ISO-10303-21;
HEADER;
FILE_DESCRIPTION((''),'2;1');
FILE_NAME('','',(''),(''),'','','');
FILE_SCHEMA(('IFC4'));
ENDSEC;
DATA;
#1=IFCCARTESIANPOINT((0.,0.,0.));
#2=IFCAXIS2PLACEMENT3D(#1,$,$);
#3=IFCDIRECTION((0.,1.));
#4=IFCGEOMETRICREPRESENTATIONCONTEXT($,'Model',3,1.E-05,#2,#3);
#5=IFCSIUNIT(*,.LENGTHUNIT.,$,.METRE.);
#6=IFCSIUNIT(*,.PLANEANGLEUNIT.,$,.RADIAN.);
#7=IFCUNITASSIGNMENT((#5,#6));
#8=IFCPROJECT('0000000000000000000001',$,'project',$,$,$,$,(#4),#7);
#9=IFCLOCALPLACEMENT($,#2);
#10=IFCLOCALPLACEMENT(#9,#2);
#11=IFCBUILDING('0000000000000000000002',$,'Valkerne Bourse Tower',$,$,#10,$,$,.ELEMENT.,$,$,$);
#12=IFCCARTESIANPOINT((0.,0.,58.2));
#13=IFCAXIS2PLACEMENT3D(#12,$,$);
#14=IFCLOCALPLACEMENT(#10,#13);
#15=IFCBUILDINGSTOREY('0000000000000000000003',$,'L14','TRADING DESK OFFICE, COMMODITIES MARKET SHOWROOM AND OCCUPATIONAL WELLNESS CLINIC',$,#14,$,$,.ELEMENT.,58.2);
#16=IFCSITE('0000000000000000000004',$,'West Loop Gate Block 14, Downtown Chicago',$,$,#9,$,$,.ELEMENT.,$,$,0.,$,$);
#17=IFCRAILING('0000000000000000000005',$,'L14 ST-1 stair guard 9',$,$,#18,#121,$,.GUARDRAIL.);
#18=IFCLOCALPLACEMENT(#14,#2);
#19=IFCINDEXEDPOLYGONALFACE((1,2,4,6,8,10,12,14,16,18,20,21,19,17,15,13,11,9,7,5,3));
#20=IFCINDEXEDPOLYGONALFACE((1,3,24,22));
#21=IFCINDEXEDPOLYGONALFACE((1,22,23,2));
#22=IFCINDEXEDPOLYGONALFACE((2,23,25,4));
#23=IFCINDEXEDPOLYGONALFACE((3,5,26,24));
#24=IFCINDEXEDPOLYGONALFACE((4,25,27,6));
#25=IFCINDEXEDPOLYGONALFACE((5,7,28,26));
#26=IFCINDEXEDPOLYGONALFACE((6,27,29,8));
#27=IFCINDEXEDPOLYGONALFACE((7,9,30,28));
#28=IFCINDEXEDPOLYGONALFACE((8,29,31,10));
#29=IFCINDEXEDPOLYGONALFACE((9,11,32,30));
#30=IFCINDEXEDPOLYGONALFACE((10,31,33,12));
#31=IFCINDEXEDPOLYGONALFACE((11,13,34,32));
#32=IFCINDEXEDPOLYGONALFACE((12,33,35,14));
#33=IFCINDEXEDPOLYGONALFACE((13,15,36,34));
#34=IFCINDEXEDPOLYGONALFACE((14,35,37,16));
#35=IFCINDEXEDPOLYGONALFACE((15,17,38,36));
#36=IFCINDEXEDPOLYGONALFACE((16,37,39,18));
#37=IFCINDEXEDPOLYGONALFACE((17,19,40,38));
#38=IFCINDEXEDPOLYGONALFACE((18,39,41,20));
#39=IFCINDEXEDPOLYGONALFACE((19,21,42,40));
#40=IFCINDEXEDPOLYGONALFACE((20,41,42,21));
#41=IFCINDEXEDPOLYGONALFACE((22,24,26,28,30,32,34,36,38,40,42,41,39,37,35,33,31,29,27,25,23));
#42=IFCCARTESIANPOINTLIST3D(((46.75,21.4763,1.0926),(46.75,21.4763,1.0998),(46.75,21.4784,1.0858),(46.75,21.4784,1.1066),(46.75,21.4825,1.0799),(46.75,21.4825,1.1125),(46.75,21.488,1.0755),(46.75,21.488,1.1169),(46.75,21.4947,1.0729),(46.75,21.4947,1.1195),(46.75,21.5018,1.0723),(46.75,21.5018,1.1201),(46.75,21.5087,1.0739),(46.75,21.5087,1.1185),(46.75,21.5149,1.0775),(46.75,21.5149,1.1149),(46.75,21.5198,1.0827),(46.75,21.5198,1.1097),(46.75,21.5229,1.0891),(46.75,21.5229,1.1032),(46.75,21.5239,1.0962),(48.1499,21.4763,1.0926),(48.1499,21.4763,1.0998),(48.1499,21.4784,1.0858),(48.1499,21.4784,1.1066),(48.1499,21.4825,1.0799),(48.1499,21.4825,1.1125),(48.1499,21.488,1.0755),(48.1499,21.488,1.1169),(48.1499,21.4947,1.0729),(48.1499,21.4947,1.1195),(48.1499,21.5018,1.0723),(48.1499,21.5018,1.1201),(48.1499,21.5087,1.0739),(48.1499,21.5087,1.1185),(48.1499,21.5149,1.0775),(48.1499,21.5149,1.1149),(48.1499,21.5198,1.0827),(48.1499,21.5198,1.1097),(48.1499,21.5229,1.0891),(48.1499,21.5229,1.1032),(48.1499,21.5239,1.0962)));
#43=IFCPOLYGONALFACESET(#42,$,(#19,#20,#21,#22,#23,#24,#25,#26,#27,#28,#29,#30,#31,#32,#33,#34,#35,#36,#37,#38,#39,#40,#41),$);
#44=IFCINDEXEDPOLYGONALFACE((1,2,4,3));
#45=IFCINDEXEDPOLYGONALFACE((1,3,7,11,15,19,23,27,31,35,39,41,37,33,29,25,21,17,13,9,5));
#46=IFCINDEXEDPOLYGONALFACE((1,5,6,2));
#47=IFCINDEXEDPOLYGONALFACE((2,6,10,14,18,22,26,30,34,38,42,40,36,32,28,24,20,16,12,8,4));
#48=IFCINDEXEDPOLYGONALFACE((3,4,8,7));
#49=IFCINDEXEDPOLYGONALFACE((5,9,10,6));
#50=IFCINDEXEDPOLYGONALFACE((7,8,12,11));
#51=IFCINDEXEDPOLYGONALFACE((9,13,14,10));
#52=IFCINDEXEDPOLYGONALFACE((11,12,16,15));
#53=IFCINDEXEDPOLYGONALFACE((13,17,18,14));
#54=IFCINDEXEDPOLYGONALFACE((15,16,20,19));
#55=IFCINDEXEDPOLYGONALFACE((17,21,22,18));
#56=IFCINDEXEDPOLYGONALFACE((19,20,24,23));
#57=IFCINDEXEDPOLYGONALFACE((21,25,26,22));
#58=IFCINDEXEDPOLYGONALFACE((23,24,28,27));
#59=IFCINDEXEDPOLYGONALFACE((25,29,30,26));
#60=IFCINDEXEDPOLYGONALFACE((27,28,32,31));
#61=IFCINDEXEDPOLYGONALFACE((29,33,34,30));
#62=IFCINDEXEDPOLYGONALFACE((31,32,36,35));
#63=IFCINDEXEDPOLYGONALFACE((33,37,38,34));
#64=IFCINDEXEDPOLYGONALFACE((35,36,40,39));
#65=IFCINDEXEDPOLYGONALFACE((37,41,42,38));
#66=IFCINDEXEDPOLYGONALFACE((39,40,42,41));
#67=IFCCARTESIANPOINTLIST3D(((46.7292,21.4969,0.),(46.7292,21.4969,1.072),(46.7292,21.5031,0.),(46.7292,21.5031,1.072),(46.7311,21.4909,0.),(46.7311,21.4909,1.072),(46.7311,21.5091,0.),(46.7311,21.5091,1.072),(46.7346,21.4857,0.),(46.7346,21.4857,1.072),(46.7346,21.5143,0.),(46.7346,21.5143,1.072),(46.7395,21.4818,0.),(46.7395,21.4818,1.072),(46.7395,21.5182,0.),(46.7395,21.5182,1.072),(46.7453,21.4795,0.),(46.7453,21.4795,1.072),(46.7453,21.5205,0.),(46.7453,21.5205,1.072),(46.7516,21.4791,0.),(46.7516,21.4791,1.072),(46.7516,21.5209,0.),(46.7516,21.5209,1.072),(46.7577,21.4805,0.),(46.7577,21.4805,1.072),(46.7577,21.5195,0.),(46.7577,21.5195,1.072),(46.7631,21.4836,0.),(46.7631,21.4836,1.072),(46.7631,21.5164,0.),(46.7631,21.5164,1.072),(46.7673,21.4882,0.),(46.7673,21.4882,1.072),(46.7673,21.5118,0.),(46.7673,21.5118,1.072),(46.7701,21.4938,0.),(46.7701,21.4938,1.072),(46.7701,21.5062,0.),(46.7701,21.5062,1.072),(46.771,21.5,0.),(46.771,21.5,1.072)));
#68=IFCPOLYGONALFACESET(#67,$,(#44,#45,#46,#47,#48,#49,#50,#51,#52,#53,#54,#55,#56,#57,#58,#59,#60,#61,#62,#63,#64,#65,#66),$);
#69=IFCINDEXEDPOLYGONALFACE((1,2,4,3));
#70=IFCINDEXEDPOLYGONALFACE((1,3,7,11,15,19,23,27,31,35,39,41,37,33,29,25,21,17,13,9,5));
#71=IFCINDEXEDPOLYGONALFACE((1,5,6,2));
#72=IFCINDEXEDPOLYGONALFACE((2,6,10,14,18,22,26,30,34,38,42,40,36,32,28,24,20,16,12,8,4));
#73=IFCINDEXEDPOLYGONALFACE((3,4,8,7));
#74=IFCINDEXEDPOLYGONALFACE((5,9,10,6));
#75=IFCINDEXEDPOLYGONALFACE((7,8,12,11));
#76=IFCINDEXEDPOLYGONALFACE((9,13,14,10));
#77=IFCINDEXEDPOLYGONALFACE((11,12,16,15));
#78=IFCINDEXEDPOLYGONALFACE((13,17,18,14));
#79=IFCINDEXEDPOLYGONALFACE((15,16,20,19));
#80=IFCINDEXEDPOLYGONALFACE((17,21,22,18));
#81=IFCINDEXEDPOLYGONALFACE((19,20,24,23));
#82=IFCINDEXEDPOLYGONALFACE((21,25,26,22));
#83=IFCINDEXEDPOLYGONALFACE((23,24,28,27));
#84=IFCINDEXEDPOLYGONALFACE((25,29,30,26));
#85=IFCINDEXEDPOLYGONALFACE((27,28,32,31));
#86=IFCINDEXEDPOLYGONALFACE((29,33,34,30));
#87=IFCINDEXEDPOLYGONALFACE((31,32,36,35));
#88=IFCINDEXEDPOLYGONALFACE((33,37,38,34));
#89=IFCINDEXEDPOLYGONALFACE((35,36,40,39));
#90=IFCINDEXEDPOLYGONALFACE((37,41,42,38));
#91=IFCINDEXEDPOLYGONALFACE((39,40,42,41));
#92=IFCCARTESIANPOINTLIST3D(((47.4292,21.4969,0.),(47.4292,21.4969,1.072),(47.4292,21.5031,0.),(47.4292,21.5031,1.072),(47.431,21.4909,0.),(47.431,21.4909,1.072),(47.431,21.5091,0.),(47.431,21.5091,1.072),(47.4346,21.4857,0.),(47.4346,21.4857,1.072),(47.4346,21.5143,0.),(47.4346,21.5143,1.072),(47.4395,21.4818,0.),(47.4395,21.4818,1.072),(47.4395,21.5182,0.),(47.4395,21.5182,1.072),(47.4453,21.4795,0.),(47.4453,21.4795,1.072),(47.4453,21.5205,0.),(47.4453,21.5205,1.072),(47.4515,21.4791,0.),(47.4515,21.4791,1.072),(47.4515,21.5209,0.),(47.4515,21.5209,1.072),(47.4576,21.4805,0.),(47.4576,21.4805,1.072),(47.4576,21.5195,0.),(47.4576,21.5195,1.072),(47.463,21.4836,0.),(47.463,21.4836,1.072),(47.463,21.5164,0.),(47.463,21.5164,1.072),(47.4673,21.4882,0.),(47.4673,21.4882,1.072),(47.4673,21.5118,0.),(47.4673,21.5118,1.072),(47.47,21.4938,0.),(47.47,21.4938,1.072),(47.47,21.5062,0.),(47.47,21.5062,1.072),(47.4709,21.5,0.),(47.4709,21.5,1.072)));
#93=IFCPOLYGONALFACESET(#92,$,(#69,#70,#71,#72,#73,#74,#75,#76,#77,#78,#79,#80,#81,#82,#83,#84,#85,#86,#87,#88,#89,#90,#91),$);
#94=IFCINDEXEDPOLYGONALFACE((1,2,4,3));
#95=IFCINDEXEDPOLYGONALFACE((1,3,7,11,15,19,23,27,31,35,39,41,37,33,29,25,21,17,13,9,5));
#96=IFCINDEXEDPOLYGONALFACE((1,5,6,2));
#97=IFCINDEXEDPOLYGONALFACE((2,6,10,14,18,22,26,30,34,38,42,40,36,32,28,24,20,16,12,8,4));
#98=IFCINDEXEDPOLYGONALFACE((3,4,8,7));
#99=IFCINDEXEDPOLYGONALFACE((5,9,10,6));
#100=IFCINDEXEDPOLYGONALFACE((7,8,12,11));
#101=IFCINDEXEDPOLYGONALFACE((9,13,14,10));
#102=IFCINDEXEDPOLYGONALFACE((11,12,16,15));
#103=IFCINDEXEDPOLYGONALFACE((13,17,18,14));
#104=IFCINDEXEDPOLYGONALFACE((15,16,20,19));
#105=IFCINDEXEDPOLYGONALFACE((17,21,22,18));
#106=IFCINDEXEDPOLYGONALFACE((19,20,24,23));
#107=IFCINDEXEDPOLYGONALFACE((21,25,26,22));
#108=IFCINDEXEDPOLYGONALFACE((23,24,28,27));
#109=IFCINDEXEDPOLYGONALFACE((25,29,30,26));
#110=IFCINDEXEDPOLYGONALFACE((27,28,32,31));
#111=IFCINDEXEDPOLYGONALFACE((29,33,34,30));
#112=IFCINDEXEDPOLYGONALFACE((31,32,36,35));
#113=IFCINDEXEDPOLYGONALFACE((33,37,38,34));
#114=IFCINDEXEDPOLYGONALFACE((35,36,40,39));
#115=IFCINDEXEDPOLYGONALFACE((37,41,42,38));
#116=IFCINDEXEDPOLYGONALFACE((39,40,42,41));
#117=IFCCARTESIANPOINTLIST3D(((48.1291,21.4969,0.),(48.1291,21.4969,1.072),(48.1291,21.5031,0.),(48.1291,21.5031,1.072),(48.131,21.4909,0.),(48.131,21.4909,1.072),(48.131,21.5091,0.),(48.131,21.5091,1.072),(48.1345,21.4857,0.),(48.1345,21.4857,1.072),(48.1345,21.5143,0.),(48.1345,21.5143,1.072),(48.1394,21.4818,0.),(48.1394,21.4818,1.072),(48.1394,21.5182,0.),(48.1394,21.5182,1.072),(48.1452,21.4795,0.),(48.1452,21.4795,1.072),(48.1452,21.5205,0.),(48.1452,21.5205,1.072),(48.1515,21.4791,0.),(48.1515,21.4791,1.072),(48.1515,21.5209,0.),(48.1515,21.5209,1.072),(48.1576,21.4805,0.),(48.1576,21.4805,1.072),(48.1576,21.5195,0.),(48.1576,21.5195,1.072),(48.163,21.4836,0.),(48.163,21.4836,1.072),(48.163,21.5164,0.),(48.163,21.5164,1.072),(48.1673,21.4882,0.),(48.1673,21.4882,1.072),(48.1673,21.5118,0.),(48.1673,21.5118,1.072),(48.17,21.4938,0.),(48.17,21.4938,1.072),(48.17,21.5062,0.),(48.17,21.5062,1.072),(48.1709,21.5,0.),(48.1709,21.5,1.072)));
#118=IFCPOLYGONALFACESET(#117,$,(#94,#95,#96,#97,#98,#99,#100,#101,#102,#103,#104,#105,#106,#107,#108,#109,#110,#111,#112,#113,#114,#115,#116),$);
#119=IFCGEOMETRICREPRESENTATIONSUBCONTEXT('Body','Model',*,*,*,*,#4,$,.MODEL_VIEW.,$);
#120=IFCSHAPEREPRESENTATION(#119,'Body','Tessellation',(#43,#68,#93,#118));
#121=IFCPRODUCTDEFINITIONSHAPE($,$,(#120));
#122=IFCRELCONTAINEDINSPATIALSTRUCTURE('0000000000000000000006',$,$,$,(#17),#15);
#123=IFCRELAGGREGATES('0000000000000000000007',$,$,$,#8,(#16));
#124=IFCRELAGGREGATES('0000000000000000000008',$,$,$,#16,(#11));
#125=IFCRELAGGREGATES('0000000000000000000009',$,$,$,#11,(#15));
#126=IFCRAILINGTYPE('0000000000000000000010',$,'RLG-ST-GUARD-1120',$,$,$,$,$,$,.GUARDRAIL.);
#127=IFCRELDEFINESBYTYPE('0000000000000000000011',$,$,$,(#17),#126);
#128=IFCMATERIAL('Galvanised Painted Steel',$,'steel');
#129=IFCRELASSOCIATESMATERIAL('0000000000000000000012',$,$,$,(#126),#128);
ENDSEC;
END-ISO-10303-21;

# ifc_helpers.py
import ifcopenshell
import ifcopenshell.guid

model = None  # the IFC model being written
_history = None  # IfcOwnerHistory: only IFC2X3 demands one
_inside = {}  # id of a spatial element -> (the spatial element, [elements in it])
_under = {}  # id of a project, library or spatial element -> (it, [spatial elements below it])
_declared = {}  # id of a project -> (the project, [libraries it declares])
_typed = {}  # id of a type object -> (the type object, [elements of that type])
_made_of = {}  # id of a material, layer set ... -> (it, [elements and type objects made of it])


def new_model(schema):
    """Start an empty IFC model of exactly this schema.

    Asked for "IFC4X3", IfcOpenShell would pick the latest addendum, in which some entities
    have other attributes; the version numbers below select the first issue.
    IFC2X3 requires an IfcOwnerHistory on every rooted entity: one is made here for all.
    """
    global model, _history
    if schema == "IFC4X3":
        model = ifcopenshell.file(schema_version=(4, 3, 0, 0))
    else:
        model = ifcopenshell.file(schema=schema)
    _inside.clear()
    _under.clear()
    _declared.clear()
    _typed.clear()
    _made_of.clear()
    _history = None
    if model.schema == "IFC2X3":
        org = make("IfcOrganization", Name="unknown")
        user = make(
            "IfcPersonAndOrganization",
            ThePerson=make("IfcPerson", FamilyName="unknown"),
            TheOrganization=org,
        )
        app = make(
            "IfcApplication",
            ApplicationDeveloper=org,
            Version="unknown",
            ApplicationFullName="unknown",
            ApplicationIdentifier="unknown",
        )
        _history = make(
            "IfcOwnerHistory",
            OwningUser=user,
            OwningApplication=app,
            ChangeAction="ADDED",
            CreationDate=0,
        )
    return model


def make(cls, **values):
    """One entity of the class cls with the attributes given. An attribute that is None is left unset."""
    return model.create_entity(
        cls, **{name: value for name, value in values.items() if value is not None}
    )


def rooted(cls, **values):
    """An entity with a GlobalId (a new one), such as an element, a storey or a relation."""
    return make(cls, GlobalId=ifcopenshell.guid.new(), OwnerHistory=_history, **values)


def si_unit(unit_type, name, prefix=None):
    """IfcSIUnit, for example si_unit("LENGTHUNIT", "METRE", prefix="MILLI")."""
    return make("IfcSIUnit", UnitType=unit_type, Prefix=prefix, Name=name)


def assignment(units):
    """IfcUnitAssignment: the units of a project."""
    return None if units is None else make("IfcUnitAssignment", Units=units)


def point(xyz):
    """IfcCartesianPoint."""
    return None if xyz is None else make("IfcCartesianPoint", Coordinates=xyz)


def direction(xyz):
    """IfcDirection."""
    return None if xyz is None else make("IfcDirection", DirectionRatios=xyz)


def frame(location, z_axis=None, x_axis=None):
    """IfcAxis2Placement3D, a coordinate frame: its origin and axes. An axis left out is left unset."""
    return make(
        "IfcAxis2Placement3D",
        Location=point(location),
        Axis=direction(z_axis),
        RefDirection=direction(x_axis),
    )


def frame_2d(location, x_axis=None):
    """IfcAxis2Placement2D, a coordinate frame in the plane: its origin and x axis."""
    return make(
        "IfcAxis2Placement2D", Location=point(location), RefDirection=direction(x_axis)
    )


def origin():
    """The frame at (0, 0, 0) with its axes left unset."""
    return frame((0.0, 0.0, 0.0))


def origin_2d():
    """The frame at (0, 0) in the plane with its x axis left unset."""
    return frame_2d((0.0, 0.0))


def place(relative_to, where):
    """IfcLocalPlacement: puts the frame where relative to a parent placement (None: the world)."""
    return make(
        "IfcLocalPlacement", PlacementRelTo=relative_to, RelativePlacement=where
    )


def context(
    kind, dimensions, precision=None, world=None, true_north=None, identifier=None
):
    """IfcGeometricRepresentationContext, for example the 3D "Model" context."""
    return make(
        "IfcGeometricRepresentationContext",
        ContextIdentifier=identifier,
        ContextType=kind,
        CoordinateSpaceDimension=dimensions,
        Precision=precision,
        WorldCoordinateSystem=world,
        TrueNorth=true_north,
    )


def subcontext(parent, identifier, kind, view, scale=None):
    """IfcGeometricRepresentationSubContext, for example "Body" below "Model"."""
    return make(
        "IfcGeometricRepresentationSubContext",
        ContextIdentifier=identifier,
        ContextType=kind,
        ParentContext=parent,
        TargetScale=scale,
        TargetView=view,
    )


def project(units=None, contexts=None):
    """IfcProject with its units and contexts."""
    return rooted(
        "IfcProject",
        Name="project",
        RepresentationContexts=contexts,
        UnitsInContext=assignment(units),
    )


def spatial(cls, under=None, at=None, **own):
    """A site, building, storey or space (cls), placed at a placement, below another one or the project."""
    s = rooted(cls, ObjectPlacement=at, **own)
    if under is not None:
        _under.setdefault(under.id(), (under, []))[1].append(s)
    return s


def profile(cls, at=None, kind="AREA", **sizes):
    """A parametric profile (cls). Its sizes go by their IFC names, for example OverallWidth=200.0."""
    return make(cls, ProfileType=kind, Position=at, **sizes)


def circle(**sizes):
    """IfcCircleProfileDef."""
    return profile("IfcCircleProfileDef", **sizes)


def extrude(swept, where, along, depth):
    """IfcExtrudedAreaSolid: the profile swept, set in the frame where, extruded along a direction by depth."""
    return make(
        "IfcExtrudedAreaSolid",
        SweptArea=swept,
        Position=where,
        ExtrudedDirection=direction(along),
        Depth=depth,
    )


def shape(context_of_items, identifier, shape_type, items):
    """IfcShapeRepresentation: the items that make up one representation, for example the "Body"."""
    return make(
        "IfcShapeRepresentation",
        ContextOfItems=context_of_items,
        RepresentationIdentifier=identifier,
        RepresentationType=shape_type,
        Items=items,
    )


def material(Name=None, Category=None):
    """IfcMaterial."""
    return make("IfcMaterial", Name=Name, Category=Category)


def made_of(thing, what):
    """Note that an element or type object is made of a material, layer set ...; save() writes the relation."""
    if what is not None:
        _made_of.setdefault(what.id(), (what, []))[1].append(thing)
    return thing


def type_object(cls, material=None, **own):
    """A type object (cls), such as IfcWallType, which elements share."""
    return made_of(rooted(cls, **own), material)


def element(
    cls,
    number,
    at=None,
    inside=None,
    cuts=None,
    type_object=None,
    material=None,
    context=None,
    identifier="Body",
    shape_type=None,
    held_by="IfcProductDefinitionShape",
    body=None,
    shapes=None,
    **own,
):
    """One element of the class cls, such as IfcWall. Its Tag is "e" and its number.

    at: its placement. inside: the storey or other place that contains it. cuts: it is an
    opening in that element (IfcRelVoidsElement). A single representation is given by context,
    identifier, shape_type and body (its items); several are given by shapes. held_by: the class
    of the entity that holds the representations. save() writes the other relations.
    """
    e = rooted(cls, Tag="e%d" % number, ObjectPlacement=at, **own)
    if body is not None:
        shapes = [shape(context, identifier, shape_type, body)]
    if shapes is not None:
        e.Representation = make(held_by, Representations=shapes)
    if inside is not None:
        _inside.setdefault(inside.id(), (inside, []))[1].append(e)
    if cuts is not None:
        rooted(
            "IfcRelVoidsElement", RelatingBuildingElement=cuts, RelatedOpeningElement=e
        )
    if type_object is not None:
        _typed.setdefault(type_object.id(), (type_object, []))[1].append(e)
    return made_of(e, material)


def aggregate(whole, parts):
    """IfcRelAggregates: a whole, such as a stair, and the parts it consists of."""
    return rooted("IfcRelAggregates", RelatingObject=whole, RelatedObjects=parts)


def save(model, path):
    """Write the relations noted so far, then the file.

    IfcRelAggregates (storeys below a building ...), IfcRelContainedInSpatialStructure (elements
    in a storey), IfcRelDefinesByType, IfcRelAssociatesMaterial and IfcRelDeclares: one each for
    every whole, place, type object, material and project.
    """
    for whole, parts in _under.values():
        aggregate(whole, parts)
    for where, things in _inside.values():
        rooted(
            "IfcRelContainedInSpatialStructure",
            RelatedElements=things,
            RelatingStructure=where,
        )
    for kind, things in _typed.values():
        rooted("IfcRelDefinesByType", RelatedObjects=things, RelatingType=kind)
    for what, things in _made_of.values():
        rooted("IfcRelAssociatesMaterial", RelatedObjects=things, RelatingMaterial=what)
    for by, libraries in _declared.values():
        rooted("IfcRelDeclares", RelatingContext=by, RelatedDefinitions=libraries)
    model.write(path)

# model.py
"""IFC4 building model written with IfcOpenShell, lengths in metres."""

from ifc_helpers import new_model, si_unit, direction, frame, origin, origin_2d, place, context, subcontext, project, spatial, circle, extrude, material, type_object, element, save


model = new_model("IFC4")

# Units and contexts
model_context = context("Model", 3, precision=1e-05, world=origin(), true_north=direction((0.0, 1.0)))
body_context = subcontext(model_context, "Body", "Model", "MODEL_VIEW")
ifc_project = project(units=[si_unit("LENGTHUNIT", "METRE"), si_unit("PLANEANGLEUNIT", "RADIAN")], contexts=[model_context])

# Site, building, storey
site_placement = place(None, origin())
site = spatial("IfcSite", under=ifc_project, at=site_placement, Name="West Loop Gate Block 14, Downtown Chicago", CompositionType="ELEMENT", RefElevation=0.0)
building_placement = place(site_placement, origin())
building = spatial("IfcBuilding", under=site, at=building_placement, Name="Valkerne Bourse Tower", CompositionType="ELEMENT")
storey_placement = place(building_placement, frame((0.0, 0.0, 58.2)))
storey = spatial("IfcBuildingStorey", under=building, at=storey_placement, Name="L14", Description="TRADING DESK OFFICE, COMMODITIES MARKET SHOWROOM AND OCCUPATIONAL WELLNESS CLINIC", CompositionType="ELEMENT", Elevation=58.2)

# Shared definitions
ifc_material_1 = material(Name="Galvanised Painted Steel", Category="steel")

# Railing
railing_type = type_object("IfcRailingType", Name="RLG-ST-GUARD-1120", PredefinedType="GUARDRAIL", material=ifc_material_1)
for number, where, name in (
    (1, (46.75, 21.5, 0.0), "L14 ST-1 stair guard 9"),
):
    element("IfcRailing", number, at=place(storey_placement, frame(where)), inside=storey, type_object=railing_type, Name=name, PredefinedType="GUARDRAIL", context=body_context, shape_type="SweptSolid", body=[
        extrude(circle(Radius=0.0239, at=origin_2d()), frame((0.0, 0.0, 1.0962), z_axis=(1.0, 0.0, 0.0), x_axis=(0.0, 1.0, 0.0)), (0.0, 0.0, 1.0), 1.3999),
        extrude(circle(Radius=0.021, at=origin_2d()), origin(), (0.0, 0.0, 1.0), 1.072),
        extrude(circle(Radius=0.021, at=origin_2d()), frame((0.7, 0.0, 0.0)), (0.0, 0.0, 1.0), 1.072),
        extrude(circle(Radius=0.021, at=origin_2d()), frame((1.3999, 0.0, 0.0)), (0.0, 0.0, 1.0), 1.072),
    ])

save(model, "model.ifc")
